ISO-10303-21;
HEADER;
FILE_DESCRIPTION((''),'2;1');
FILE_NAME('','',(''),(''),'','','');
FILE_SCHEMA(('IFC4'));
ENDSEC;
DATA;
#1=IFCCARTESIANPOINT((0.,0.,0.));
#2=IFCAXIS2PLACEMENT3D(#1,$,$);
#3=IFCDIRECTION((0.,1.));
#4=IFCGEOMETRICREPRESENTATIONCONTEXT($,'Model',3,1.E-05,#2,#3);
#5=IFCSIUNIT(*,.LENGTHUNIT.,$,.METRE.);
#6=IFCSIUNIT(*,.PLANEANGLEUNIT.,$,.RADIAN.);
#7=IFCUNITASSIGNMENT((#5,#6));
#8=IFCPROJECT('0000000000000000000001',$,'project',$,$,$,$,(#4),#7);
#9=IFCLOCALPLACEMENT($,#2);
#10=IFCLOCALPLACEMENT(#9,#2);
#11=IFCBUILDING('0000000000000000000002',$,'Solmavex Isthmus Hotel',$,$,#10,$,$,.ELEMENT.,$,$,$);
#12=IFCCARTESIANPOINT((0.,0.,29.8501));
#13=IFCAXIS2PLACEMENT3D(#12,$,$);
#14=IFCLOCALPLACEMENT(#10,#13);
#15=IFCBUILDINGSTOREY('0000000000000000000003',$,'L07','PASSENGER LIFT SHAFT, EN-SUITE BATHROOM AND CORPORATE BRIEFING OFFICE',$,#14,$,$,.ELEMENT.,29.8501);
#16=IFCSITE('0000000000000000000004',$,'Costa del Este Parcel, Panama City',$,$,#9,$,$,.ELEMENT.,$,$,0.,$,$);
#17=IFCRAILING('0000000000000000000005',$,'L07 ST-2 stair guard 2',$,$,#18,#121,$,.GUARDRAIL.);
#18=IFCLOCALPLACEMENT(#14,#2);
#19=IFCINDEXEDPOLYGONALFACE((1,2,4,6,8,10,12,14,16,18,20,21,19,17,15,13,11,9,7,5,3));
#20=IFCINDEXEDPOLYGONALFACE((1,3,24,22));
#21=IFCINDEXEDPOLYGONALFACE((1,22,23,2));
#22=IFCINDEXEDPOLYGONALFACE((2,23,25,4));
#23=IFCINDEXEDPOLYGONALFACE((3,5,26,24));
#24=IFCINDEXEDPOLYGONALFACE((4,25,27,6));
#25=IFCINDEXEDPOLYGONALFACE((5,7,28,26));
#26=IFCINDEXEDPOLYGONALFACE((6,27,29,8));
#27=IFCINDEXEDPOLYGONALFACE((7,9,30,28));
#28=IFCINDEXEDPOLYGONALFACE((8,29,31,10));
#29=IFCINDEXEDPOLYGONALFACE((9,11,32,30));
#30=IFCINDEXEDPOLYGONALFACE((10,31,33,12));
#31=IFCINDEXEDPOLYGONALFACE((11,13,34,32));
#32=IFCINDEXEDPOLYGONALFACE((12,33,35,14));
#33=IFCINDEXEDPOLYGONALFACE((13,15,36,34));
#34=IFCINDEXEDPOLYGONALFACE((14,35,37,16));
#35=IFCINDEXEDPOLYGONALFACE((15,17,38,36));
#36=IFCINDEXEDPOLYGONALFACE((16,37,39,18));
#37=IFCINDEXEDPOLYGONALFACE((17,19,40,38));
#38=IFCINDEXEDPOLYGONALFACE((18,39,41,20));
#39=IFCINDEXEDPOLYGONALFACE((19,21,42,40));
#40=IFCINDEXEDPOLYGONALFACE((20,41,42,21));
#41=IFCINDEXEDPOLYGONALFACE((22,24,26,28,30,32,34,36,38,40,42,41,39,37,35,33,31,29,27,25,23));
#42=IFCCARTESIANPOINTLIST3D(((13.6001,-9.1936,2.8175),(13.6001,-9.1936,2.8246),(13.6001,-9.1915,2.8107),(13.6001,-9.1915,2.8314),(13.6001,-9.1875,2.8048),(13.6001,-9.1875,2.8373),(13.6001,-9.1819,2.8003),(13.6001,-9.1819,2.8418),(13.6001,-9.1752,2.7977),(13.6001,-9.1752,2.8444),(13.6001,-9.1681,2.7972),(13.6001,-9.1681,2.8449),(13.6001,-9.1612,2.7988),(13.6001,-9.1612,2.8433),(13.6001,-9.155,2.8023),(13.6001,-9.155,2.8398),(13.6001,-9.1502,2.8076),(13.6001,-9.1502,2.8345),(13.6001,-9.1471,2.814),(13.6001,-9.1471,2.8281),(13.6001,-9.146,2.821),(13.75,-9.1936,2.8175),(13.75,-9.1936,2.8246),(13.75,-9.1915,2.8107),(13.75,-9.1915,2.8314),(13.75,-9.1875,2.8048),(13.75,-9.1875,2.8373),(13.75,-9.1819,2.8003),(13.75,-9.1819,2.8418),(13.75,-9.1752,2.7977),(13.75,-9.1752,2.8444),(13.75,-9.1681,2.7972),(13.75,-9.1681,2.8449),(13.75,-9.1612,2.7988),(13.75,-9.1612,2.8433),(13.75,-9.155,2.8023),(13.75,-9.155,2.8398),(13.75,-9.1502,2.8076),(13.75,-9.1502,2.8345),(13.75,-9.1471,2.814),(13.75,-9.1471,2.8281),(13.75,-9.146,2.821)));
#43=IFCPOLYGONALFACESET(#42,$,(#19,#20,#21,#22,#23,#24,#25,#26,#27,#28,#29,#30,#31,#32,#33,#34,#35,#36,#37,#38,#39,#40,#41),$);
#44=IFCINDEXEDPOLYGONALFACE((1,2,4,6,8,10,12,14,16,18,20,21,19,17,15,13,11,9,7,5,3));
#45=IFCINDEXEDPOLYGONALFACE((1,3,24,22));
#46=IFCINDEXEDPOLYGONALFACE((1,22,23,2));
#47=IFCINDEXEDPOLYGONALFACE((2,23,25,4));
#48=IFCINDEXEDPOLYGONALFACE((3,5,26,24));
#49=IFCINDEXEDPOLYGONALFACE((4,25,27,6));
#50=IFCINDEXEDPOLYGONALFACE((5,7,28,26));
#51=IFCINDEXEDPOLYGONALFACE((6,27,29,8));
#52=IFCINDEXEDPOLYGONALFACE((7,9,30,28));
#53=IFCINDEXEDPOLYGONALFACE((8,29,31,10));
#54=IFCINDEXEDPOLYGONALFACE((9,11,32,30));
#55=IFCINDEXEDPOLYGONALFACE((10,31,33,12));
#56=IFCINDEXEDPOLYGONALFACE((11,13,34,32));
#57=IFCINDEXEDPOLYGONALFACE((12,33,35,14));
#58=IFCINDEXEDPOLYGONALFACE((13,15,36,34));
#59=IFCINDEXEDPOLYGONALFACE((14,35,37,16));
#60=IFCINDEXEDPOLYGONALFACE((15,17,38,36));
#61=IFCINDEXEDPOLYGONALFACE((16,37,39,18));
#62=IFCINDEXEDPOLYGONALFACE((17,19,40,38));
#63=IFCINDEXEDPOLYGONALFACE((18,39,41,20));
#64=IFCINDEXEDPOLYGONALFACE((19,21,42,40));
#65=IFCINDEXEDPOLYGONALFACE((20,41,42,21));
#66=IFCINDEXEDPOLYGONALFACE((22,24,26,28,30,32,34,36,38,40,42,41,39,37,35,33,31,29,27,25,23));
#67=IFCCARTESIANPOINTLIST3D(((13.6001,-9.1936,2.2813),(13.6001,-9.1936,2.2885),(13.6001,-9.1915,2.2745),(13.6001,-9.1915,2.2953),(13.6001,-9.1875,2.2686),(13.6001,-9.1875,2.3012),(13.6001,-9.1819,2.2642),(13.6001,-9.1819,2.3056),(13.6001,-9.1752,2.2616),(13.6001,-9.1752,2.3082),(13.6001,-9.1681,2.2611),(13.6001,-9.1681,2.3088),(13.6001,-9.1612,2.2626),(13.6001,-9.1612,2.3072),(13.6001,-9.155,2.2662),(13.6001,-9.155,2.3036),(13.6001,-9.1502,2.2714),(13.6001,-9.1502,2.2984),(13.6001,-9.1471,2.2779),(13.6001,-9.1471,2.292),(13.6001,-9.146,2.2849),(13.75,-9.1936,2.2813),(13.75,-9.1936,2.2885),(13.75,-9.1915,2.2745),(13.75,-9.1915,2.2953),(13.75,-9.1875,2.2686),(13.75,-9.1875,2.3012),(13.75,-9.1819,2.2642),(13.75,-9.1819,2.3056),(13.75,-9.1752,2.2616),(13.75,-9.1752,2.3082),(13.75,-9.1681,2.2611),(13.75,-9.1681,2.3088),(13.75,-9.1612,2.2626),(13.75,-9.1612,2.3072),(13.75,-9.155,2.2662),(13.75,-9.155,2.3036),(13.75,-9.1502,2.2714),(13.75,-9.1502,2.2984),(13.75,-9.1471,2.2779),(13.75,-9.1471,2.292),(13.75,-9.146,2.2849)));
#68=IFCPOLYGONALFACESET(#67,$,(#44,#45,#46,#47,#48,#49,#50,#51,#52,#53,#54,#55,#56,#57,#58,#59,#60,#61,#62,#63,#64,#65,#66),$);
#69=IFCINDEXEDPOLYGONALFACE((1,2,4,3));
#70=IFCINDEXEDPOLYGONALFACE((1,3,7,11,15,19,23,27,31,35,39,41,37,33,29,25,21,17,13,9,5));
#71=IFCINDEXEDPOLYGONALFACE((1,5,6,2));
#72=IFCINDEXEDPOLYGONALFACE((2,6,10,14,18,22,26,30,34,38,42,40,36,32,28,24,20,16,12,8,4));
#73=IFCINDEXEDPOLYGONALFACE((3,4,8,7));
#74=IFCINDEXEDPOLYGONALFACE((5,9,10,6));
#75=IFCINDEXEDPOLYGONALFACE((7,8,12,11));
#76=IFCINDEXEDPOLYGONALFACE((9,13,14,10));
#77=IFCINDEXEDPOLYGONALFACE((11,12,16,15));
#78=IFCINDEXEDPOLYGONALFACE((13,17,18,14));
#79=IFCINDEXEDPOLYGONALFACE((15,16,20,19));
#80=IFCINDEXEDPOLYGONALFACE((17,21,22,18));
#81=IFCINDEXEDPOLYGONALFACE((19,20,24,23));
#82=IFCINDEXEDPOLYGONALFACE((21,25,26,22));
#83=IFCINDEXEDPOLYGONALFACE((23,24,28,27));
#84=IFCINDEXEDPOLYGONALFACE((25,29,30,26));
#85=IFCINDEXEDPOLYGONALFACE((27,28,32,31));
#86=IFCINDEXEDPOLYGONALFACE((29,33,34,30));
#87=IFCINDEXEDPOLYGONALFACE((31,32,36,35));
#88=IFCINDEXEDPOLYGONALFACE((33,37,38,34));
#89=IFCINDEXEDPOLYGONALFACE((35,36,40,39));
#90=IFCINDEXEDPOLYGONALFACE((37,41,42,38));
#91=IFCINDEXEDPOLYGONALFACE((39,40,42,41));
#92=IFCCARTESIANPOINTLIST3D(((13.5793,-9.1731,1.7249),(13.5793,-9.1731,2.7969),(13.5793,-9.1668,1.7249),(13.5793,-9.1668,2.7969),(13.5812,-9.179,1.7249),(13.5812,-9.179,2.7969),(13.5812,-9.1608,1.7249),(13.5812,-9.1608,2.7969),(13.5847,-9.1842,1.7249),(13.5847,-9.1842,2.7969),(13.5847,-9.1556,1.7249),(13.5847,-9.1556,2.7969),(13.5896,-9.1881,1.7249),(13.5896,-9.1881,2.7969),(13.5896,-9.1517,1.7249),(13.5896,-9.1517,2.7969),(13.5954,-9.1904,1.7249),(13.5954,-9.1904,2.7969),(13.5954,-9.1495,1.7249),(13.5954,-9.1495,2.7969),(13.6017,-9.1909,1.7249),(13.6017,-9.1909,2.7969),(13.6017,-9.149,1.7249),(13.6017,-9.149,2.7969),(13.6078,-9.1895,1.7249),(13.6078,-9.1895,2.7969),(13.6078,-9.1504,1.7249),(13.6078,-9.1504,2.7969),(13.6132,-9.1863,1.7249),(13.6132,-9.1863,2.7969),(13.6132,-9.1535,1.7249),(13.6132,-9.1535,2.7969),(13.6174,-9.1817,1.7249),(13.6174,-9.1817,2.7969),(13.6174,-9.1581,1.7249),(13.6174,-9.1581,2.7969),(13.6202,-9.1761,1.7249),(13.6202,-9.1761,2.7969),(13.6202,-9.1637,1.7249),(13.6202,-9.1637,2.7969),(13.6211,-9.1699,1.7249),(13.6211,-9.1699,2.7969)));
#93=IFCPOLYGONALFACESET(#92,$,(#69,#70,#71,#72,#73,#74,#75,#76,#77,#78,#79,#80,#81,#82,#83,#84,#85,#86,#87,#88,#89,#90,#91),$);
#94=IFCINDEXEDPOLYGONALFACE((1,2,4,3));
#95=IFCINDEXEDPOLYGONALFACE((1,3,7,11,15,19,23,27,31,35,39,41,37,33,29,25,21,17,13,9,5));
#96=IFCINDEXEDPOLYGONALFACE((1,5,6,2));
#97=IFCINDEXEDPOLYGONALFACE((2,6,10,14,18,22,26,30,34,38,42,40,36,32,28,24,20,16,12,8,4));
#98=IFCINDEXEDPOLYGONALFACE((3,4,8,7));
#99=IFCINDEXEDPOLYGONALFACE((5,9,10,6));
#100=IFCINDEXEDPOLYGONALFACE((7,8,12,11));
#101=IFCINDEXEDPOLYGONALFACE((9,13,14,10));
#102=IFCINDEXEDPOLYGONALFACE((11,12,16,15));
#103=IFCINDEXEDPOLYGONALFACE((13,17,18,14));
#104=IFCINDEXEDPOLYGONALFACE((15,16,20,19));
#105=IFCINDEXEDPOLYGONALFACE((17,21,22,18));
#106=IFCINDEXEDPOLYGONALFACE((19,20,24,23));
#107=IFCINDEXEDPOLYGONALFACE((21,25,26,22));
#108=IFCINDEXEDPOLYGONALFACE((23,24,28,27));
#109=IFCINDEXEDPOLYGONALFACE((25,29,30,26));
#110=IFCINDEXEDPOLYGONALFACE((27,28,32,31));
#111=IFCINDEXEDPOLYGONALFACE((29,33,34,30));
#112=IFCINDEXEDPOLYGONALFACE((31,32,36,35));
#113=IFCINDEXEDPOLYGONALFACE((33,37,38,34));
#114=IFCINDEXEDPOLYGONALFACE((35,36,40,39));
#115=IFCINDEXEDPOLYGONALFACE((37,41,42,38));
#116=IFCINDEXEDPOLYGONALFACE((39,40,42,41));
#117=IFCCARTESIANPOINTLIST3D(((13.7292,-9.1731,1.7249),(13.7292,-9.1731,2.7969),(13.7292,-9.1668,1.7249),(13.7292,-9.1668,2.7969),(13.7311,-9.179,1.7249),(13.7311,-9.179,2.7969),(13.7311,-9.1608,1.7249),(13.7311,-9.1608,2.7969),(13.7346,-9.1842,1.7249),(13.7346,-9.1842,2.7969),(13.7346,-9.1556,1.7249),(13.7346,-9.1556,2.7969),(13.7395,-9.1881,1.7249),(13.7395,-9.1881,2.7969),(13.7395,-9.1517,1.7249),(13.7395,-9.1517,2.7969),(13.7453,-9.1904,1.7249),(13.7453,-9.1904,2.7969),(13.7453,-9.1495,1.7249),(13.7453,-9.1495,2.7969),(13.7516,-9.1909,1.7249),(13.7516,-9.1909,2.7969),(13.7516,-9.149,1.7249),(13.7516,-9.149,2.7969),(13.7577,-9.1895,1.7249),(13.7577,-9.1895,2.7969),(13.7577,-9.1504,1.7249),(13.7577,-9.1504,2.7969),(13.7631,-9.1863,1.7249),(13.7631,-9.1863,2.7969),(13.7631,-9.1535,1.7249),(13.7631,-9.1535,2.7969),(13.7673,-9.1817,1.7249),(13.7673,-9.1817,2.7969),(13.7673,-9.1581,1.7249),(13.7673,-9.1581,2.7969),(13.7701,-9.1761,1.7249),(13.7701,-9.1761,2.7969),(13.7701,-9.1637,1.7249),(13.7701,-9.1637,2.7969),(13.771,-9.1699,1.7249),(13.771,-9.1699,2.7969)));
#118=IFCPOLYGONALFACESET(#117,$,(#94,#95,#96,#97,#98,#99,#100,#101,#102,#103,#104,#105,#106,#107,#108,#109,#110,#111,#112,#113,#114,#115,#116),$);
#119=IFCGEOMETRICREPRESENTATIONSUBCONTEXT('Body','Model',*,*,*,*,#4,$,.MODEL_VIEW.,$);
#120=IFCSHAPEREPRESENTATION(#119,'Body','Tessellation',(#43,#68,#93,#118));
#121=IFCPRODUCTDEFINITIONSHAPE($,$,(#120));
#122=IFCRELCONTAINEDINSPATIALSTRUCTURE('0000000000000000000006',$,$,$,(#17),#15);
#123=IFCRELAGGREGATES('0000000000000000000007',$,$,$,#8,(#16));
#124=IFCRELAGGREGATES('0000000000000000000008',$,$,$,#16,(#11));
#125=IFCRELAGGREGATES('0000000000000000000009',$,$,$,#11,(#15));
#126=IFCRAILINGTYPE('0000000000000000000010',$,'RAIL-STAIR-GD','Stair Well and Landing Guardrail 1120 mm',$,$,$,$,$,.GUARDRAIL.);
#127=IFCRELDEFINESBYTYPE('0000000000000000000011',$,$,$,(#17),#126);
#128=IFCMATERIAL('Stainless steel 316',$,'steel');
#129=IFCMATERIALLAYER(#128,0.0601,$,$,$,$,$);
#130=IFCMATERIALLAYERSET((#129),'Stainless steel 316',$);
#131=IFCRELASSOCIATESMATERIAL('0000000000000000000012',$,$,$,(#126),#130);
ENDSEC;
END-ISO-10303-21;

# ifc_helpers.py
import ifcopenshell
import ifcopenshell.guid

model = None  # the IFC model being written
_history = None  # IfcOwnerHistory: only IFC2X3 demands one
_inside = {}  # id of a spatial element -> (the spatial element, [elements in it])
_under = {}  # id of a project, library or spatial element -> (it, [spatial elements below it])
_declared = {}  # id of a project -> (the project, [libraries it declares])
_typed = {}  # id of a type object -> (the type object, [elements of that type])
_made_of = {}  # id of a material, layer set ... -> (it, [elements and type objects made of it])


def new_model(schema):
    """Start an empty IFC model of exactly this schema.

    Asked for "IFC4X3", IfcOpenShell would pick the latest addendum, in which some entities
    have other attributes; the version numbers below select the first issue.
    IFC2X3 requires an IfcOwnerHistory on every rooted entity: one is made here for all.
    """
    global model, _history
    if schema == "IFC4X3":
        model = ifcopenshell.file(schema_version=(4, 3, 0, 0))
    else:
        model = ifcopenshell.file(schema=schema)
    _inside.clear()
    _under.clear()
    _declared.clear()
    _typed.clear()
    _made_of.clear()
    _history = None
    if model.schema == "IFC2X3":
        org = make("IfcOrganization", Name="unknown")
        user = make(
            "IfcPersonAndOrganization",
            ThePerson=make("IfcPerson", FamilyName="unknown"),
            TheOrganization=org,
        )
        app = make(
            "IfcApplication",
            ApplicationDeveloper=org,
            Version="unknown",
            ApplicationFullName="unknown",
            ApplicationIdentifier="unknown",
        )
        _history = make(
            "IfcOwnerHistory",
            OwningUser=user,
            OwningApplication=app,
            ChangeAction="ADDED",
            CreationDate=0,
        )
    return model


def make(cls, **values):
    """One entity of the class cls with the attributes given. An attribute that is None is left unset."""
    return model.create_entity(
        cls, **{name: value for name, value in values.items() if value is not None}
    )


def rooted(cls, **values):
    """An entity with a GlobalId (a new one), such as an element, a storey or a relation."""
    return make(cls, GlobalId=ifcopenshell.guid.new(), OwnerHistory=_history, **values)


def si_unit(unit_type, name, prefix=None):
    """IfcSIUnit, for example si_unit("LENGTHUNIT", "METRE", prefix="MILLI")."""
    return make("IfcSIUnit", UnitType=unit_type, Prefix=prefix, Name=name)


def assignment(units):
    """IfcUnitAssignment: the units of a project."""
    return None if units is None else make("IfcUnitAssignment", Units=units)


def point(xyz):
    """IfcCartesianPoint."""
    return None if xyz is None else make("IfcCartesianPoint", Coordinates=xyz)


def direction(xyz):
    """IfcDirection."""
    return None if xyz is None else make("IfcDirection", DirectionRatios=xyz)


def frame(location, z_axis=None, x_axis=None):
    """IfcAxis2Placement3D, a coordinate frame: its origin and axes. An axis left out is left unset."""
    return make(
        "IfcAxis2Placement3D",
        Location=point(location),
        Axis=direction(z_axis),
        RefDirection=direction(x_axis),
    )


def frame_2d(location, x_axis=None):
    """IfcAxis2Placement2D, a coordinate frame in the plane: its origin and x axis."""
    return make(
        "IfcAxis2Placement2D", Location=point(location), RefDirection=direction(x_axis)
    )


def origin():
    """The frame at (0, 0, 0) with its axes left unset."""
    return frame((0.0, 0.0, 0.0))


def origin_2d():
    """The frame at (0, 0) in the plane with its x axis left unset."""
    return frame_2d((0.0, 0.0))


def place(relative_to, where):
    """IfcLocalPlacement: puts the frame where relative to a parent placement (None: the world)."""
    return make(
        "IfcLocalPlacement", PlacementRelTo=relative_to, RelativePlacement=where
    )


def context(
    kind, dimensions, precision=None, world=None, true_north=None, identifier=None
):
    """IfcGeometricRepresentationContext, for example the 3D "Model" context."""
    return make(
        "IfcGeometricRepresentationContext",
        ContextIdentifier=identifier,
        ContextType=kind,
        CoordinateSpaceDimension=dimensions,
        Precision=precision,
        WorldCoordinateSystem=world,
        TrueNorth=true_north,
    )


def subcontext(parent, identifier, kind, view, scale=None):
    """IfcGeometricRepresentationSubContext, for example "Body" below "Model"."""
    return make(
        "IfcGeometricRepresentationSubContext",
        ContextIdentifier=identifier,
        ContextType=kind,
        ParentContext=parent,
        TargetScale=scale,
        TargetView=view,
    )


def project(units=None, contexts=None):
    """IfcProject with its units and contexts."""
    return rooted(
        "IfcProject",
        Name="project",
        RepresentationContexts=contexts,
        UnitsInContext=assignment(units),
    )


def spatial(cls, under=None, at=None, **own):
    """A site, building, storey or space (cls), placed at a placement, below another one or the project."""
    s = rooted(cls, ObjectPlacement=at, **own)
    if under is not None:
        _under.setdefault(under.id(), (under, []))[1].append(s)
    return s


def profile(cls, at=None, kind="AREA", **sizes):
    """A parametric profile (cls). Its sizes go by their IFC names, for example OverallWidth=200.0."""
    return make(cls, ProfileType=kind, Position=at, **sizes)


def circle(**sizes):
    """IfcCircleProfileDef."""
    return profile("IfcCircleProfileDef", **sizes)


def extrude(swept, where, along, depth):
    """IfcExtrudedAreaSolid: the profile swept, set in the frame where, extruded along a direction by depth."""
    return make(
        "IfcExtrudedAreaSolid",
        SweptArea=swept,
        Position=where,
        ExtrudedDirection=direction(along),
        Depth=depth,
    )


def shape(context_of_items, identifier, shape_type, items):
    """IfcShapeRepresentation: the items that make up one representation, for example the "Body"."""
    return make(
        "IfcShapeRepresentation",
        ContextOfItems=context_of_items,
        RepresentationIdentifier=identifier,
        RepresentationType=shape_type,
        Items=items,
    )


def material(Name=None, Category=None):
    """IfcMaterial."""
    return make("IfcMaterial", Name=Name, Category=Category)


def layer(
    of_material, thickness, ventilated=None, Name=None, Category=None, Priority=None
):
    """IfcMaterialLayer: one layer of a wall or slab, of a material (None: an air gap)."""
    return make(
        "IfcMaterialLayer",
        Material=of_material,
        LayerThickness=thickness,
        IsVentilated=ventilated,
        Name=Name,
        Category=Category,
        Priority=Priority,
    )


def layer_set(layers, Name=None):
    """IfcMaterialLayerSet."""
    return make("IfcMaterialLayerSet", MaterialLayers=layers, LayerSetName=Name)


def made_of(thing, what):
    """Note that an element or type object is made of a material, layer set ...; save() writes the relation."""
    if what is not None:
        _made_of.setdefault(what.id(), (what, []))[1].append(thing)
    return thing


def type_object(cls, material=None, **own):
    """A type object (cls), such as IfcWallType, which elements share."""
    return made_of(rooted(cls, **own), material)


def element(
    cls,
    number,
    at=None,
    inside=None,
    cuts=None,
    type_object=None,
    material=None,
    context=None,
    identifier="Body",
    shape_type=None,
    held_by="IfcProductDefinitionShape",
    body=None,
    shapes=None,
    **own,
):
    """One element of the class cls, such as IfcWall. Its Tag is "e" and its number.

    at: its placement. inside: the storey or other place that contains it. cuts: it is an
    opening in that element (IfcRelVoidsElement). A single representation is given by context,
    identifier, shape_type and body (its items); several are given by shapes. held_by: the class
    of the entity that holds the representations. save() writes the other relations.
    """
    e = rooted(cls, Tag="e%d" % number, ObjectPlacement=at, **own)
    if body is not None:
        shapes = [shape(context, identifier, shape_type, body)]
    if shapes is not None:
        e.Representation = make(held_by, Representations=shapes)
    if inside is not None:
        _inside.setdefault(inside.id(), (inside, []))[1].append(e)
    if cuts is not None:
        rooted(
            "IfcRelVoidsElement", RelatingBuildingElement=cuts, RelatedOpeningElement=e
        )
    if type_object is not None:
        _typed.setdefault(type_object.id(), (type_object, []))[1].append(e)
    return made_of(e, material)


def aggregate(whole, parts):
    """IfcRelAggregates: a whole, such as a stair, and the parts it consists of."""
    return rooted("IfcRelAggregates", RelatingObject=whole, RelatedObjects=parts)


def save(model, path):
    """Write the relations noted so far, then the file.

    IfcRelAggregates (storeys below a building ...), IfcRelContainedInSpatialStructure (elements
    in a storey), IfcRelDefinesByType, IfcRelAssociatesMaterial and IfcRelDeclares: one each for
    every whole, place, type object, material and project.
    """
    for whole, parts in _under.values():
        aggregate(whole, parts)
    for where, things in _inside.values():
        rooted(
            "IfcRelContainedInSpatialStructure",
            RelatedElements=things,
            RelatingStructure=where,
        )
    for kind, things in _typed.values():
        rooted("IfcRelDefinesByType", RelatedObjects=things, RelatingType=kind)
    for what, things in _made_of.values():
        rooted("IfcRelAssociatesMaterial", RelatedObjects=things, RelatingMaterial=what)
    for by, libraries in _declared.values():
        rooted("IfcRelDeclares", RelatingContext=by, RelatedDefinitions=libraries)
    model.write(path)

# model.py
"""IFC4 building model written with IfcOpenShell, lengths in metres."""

from ifc_helpers import new_model, si_unit, direction, frame, origin, origin_2d, place, context, subcontext, project, spatial, circle, extrude, material, layer, layer_set, type_object, element, save


model = new_model("IFC4")

# Units and contexts
model_context = context("Model", 3, precision=1e-05, world=origin(), true_north=direction((0.0, 1.0)))
body_context = subcontext(model_context, "Body", "Model", "MODEL_VIEW")
ifc_project = project(units=[si_unit("LENGTHUNIT", "METRE"), si_unit("PLANEANGLEUNIT", "RADIAN")], contexts=[model_context])

# Site, building, storey
site_placement = place(None, origin())
site = spatial("IfcSite", under=ifc_project, at=site_placement, Name="Costa del Este Parcel, Panama City", CompositionType="ELEMENT", RefElevation=0.0)
building_placement = place(site_placement, origin())
building = spatial("IfcBuilding", under=site, at=building_placement, Name="Solmavex Isthmus Hotel", CompositionType="ELEMENT")
storey_placement = place(building_placement, frame((0.0, 0.0, 29.8501)))
storey = spatial("IfcBuildingStorey", under=building, at=storey_placement, Name="L07", Description="PASSENGER LIFT SHAFT, EN-SUITE BATHROOM AND CORPORATE BRIEFING OFFICE", CompositionType="ELEMENT", Elevation=29.8501)

# Railing
ifc_material_1 = material(Name="Stainless steel 316", Category="steel")
ifc_layer_1 = layer(ifc_material_1, 0.0601)
ifc_layer_set_1 = layer_set([ifc_layer_1], Name="Stainless steel 316")
railing_type_1 = type_object("IfcRailingType", Name="RAIL-STAIR-GD", Description="Stair Well and Landing Guardrail 1120 mm", PredefinedType="GUARDRAIL", material=ifc_layer_set_1)
railing_1_placement = place(storey_placement, frame((13.6001, -9.1699, 1.7249)))
element("IfcRailing", 1, at=railing_1_placement, inside=storey, type_object=railing_type_1, Name="L07 ST-2 stair guard 2", PredefinedType="GUARDRAIL", context=body_context, shape_type="SweptSolid", body=[
    extrude(circle(Radius=0.0239, at=origin_2d()), frame((0.0, 0.0, 1.0962), z_axis=(1.0, 0.0, 0.0), x_axis=(0.0, 1.0, 0.0)), (0.0, 0.0, 1.0), 0.1499),
    extrude(circle(Radius=0.0239, at=origin_2d()), frame((0.0, 0.0, 0.5601), z_axis=(1.0, 0.0, 0.0), x_axis=(0.0, 1.0, 0.0)), (0.0, 0.0, 1.0), 0.1499),
    extrude(circle(Radius=0.021, at=origin_2d()), origin(), (0.0, 0.0, 1.0), 1.072),
    extrude(circle(Radius=0.021, at=origin_2d()), frame((0.1499, 0.0, 0.0)), (0.0, 0.0, 1.0), 1.072),
])

save(model, "model.ifc")
